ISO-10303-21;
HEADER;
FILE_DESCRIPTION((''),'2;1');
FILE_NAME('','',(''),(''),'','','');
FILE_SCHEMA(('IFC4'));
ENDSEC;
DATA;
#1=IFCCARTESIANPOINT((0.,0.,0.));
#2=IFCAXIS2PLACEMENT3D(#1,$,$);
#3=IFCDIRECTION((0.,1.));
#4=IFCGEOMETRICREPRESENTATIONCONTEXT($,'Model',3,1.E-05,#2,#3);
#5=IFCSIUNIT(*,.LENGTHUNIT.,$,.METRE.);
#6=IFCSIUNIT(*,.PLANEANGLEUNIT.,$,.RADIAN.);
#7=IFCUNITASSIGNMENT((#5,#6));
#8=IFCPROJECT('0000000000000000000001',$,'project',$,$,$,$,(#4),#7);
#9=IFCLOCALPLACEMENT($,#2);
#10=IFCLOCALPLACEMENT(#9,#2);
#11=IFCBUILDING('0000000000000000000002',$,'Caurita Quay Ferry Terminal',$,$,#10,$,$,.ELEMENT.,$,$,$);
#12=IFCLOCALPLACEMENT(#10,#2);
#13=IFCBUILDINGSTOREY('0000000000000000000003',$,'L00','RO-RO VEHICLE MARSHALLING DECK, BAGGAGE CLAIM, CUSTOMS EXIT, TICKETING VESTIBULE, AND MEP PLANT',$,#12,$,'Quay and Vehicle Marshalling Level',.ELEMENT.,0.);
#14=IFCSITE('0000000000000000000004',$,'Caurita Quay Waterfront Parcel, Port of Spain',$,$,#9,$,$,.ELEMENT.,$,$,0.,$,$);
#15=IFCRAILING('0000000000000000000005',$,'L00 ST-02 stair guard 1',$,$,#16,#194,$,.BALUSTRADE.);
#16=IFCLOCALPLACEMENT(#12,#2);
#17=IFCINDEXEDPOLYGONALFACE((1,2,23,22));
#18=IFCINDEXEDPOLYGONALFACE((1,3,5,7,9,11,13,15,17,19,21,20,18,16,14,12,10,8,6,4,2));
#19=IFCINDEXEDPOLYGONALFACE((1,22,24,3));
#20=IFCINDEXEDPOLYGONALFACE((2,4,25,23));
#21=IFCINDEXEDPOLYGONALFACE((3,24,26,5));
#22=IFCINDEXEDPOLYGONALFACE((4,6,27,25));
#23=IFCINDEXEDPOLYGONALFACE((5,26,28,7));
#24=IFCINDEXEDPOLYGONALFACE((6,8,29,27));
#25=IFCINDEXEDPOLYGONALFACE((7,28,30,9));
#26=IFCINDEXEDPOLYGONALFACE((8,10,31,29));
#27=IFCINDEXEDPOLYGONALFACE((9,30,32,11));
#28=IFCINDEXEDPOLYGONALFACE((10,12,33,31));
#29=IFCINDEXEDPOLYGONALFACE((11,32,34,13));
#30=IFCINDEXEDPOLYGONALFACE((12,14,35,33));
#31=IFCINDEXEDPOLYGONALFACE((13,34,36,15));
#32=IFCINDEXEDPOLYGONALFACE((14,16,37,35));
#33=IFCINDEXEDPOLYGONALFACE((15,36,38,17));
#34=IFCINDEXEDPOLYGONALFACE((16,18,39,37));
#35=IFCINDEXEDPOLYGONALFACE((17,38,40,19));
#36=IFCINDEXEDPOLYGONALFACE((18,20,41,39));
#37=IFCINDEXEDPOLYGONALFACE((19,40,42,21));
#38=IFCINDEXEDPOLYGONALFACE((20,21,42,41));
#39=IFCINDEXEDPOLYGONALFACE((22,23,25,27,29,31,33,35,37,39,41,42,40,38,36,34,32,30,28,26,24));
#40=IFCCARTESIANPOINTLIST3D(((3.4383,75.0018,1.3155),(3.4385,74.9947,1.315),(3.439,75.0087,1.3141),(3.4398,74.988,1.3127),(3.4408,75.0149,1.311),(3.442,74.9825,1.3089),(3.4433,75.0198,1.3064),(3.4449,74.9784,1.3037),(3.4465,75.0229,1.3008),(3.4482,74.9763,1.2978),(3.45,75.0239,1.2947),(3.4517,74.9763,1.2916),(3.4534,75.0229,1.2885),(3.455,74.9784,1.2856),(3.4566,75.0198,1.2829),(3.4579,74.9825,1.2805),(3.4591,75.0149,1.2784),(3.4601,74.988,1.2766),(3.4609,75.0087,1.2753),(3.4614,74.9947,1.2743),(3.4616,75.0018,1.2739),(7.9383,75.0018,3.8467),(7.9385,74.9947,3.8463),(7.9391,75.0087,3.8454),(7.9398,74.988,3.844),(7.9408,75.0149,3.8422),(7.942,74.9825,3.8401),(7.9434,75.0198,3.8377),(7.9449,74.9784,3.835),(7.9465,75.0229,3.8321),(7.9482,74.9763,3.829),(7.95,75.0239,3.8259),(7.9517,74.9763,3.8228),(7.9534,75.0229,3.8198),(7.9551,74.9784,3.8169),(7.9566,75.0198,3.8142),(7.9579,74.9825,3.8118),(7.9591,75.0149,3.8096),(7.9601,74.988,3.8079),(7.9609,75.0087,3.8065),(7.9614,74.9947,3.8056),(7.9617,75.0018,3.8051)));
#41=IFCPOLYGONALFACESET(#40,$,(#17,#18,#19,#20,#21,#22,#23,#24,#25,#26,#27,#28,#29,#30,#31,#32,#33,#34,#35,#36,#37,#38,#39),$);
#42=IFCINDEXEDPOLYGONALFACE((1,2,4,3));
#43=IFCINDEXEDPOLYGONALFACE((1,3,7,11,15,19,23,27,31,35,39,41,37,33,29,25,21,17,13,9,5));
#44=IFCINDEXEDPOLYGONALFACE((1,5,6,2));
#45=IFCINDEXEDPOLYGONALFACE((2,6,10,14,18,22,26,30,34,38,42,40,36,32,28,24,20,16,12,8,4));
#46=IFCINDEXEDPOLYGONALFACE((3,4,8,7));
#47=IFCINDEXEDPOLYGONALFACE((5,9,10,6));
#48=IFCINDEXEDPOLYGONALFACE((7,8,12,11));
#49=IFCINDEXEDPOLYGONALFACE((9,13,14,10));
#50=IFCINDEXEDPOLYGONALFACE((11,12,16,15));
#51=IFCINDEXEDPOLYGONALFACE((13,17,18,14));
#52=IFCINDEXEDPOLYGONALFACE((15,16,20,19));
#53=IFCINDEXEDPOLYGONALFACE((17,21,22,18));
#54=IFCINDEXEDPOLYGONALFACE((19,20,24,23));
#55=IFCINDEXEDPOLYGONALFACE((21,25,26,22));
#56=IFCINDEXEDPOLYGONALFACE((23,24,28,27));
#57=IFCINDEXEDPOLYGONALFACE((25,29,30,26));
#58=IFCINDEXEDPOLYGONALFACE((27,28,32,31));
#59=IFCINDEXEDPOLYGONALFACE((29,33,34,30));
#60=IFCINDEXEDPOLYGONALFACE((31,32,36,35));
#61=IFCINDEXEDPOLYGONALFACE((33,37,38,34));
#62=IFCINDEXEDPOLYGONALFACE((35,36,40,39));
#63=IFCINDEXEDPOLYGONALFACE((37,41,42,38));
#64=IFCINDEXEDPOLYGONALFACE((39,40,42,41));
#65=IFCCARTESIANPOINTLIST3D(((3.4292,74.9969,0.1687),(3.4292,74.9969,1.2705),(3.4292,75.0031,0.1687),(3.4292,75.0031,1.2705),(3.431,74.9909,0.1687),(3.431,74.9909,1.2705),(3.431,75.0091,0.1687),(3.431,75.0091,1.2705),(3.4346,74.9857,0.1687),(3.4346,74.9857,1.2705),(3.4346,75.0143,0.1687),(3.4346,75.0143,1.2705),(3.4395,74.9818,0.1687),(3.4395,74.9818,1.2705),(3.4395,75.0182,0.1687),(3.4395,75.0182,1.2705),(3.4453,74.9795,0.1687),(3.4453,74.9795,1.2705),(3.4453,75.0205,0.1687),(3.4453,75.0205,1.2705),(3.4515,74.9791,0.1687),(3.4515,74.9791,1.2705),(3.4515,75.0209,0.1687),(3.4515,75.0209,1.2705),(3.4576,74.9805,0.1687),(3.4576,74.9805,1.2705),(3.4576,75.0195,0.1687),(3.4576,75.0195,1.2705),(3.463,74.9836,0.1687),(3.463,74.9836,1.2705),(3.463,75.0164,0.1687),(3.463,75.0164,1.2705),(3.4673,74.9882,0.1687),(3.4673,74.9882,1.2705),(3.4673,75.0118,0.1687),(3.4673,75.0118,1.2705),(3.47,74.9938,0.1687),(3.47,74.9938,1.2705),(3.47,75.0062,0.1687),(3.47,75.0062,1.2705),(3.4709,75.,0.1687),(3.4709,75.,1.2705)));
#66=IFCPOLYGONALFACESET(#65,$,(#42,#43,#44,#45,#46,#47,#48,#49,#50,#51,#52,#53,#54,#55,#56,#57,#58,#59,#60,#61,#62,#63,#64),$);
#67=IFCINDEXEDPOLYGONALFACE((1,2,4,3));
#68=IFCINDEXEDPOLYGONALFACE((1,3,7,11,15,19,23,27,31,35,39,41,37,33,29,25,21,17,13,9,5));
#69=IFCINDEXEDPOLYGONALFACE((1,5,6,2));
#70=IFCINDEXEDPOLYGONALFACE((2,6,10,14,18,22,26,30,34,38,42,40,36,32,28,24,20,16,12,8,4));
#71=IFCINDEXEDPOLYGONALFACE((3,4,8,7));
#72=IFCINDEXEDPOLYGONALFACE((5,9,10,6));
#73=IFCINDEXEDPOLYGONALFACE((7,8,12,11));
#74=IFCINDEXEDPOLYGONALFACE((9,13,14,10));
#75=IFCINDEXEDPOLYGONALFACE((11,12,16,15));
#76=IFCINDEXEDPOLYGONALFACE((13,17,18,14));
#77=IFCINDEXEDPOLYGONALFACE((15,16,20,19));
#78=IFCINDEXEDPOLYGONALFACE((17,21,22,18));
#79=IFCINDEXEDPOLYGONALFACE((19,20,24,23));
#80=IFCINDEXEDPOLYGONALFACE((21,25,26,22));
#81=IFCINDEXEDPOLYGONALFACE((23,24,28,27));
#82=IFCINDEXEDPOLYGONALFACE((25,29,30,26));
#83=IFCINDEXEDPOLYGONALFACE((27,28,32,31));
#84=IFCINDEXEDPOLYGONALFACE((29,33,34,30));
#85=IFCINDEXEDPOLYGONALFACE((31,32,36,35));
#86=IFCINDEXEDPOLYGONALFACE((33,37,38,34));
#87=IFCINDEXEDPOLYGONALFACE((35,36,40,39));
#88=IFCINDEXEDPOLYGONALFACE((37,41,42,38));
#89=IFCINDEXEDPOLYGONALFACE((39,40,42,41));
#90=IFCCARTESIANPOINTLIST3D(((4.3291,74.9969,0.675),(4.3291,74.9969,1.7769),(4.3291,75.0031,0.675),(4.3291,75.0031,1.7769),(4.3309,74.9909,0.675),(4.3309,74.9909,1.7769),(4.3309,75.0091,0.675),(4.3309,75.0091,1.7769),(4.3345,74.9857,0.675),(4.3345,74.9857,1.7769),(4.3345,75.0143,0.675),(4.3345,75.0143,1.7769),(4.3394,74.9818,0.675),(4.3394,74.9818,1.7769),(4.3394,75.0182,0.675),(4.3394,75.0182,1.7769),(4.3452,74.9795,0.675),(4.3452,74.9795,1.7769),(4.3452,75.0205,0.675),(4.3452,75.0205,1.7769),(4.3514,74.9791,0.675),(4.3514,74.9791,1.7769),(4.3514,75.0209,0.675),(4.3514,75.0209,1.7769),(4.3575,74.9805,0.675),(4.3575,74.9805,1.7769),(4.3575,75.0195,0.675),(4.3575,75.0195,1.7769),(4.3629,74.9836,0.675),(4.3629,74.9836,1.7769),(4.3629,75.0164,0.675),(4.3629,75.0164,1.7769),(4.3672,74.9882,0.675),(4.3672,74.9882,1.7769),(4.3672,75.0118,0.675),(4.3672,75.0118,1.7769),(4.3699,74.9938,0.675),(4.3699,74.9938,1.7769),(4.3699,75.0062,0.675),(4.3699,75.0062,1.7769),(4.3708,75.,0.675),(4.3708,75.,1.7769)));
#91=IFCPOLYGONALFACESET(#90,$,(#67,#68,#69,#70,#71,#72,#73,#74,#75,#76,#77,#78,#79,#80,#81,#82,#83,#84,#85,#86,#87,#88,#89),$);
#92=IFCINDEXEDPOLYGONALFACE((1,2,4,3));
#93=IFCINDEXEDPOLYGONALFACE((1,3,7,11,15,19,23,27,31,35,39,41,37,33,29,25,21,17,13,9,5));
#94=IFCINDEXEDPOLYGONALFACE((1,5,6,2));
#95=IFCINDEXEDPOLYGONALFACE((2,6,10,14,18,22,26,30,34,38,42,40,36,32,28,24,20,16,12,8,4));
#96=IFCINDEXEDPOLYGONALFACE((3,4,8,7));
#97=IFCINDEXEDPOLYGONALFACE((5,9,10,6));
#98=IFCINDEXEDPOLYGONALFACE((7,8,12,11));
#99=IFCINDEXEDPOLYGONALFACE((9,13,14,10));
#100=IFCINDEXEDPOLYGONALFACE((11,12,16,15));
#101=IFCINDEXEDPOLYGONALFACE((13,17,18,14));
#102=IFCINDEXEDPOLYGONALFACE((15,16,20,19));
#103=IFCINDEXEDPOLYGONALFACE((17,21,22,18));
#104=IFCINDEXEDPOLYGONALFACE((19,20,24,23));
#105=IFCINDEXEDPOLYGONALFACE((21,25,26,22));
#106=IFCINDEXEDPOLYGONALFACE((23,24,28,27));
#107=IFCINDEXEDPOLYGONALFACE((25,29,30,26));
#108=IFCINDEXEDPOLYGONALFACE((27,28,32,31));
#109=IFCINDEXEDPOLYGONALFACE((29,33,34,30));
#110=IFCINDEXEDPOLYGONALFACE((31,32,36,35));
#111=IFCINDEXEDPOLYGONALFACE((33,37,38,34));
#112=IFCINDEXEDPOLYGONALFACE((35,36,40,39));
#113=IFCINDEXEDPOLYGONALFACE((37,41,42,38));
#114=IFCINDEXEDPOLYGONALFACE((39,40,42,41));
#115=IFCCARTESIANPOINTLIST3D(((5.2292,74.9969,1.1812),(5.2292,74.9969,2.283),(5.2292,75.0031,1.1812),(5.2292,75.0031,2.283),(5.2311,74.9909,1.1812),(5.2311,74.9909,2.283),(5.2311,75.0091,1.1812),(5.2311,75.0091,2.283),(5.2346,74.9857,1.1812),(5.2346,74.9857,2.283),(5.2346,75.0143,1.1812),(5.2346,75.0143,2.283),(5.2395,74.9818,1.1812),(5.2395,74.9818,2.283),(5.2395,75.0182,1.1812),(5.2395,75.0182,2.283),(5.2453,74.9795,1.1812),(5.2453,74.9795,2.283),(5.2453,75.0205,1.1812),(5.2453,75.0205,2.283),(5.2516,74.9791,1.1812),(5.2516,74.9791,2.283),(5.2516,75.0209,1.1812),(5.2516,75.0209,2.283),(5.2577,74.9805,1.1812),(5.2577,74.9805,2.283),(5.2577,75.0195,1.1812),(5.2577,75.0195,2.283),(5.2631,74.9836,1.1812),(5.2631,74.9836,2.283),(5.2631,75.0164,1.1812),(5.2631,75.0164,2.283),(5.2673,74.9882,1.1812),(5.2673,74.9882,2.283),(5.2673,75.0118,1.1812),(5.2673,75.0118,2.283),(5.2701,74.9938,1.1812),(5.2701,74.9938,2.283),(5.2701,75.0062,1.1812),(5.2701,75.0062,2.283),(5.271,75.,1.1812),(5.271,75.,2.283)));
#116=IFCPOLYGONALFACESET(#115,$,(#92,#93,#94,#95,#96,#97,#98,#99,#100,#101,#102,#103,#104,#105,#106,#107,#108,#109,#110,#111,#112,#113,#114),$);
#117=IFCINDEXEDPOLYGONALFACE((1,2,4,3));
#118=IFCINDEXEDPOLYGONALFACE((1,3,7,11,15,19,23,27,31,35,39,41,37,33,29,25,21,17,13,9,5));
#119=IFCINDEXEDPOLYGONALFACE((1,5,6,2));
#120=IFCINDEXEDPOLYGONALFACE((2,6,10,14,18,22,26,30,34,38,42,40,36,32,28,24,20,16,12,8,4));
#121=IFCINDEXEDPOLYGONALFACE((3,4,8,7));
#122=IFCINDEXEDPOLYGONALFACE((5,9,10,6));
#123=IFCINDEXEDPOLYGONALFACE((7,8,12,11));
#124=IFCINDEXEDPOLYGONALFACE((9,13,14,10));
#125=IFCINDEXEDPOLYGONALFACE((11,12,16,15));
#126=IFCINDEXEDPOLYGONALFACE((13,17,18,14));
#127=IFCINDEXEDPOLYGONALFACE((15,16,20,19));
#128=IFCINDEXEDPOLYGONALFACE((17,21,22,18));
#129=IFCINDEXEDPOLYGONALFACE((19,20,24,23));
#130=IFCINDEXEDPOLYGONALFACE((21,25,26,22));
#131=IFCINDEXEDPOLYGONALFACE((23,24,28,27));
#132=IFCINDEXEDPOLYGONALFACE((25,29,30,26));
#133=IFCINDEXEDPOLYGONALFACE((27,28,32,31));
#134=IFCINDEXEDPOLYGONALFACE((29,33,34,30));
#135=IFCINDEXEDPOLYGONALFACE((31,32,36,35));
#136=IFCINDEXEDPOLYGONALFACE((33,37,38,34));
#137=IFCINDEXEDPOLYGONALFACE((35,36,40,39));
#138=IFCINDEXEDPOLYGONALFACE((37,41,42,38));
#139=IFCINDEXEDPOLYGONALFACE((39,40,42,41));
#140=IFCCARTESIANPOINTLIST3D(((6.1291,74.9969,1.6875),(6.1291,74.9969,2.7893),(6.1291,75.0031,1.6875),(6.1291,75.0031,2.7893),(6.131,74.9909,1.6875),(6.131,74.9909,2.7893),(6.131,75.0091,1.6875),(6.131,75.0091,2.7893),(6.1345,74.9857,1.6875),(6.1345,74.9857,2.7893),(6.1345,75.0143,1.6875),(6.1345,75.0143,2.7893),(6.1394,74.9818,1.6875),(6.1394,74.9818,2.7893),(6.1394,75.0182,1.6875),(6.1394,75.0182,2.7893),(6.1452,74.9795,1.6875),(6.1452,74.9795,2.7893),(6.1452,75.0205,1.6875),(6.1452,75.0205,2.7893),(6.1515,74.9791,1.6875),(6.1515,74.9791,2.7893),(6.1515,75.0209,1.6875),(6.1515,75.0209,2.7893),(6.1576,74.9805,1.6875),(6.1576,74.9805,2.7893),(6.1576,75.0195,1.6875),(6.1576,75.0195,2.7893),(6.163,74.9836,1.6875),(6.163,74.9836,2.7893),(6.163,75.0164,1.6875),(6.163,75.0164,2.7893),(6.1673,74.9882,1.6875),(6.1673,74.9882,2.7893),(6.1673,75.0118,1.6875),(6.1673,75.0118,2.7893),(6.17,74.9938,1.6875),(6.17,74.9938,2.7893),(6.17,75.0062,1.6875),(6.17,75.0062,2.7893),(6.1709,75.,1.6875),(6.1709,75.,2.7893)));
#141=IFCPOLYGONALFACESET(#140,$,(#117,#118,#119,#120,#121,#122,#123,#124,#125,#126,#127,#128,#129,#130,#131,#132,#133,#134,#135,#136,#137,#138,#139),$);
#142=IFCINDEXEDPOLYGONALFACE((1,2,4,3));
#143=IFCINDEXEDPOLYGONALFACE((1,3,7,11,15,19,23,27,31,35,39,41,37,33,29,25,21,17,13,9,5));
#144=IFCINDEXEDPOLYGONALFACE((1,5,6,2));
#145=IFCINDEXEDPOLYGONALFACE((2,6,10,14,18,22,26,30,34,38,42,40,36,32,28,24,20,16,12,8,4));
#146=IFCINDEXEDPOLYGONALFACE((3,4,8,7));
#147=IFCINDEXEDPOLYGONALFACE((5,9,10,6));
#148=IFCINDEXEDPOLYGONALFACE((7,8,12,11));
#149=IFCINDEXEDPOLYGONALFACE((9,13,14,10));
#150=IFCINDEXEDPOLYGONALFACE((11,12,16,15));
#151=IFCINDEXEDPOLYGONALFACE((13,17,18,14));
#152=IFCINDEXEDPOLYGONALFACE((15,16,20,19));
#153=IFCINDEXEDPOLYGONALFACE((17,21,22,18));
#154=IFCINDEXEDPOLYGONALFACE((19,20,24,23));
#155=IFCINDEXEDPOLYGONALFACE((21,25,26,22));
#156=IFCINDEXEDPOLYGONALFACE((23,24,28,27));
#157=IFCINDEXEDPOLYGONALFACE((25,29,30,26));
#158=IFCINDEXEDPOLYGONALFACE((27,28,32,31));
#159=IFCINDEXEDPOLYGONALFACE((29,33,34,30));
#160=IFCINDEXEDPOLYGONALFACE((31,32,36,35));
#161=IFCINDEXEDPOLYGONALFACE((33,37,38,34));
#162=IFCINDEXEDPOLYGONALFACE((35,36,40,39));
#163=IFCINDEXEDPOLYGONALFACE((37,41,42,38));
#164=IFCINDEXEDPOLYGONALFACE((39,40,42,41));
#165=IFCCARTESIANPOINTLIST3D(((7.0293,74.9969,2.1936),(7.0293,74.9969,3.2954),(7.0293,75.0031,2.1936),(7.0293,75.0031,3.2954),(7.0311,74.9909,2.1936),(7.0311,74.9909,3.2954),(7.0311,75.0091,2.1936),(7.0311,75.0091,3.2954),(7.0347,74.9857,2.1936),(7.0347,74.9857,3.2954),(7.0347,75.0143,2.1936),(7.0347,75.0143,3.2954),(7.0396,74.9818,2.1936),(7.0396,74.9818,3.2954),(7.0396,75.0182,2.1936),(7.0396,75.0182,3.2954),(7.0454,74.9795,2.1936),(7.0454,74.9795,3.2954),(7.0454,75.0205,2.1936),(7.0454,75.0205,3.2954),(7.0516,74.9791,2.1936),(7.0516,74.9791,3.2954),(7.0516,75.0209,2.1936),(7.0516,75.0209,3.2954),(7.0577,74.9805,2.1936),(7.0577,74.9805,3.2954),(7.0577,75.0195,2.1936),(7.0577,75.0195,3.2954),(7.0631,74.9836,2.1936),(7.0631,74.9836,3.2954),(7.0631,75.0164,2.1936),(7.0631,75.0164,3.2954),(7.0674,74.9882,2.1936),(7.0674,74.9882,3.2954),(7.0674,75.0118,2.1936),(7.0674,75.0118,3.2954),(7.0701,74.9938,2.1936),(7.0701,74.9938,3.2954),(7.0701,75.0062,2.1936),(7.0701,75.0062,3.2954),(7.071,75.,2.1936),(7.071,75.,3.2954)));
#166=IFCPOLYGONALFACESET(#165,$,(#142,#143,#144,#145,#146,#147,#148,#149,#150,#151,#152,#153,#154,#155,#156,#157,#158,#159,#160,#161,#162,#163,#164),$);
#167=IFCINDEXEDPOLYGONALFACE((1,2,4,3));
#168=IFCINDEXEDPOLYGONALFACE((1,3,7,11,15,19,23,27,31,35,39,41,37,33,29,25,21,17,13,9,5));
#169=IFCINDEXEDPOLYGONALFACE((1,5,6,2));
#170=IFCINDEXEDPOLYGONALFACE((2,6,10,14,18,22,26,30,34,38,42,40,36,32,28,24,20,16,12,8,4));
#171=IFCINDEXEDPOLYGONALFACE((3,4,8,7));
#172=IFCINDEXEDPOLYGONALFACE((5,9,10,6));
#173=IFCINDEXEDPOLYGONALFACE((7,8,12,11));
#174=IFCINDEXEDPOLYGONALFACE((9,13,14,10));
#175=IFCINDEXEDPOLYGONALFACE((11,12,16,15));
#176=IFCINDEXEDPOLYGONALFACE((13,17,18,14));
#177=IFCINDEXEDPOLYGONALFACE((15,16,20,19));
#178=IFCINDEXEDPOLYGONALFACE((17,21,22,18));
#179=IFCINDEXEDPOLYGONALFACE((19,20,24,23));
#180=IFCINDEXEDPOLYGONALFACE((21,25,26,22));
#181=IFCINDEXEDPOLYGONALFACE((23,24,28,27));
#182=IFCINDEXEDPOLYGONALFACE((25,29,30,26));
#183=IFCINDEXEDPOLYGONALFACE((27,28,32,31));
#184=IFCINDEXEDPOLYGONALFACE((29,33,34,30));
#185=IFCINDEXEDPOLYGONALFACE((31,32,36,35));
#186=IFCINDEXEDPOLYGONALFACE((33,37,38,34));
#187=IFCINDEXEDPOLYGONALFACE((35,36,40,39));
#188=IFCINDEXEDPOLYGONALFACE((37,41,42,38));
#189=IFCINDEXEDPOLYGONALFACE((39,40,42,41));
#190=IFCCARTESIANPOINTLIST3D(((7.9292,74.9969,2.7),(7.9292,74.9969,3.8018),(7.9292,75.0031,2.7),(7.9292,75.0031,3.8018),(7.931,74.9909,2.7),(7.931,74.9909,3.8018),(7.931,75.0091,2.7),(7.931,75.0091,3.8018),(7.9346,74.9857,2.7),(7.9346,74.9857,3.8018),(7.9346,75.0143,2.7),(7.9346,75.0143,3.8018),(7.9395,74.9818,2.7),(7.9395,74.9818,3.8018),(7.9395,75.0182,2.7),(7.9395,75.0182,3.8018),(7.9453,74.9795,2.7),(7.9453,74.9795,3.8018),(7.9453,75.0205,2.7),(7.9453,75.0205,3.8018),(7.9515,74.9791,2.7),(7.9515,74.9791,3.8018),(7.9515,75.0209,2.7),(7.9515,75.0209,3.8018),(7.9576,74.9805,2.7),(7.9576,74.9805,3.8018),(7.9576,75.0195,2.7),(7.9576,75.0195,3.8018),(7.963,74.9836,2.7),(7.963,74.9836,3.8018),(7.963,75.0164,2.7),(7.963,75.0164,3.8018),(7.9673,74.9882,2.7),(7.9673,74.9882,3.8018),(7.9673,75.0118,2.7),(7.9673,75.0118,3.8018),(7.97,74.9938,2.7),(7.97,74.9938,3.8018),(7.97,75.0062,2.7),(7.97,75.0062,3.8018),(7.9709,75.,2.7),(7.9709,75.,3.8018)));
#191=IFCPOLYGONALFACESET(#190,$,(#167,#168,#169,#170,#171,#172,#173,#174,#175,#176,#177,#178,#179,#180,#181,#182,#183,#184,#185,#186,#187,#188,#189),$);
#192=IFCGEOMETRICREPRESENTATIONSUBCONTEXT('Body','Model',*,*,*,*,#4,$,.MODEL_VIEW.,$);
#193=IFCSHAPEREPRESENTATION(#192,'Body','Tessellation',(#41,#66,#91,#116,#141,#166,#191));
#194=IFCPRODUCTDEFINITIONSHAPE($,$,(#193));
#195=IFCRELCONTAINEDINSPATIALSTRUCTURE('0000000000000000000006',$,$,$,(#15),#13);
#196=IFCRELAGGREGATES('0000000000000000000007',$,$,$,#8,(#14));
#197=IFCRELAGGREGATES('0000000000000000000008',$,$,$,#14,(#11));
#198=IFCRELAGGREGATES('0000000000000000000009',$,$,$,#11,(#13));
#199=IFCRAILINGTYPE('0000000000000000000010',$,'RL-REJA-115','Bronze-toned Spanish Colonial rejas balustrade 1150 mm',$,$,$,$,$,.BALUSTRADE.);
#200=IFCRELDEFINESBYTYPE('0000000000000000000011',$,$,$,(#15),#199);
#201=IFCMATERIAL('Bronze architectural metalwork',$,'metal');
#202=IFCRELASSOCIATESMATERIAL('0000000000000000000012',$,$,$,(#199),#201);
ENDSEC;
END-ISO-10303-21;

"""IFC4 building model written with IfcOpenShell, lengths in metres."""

from ifc_helpers import new_model, si_unit, direction, frame, origin, origin_2d, place, context, subcontext, project, spatial, circle, extrude, material, type_object, element, save


model = new_model("IFC4")

# Units and contexts
model_context = context("Model", 3, precision=1e-05, world=origin(), true_north=direction((0.0, 1.0)))
body_context = subcontext(model_context, "Body", "Model", "MODEL_VIEW")
ifc_project = project(units=[si_unit("LENGTHUNIT", "METRE"), si_unit("PLANEANGLEUNIT", "RADIAN")], contexts=[model_context])

# Site, building, storey
site_placement = place(None, origin())
site = spatial("IfcSite", under=ifc_project, at=site_placement, Name="Caurita Quay Waterfront Parcel, Port of Spain", CompositionType="ELEMENT", RefElevation=0.0)
building_placement = place(site_placement, origin())
building = spatial("IfcBuilding", under=site, at=building_placement, Name="Caurita Quay Ferry Terminal", CompositionType="ELEMENT")
storey_placement = place(building_placement, origin())
storey = spatial("IfcBuildingStorey", under=building, at=storey_placement, Name="L00", Description="RO-RO VEHICLE MARSHALLING DECK, BAGGAGE CLAIM, CUSTOMS EXIT, TICKETING VESTIBULE, AND MEP PLANT", LongName="Quay and Vehicle Marshalling Level", CompositionType="ELEMENT", Elevation=0.0)

# Railing
ifc_material_1 = material(Name="Bronze architectural metalwork", Category="metal")
railing_type_1 = type_object("IfcRailingType", Name="RL-REJA-115", Description="Bronze-toned Spanish Colonial rejas balustrade 1150 mm", PredefinedType="BALUSTRADE", material=ifc_material_1)
railing_1_placement = place(storey_placement, frame((3.45, 75.0, 0.1687)))
element("IfcRailing", 1, at=railing_1_placement, inside=storey, type_object=railing_type_1, Name="L00 ST-02 stair guard 1", PredefinedType="BALUSTRADE", context=body_context, shape_type="SweptSolid", body=[
    extrude(circle(Radius=0.0239, at=origin_2d()), frame((0.0, 0.0, 1.126), z_axis=(0.871576, 0.0, 0.490261), x_axis=(0.0, 1.0, 0.0)), (0.0, 0.0, 1.0), 5.1631),
    extrude(circle(Radius=0.021, at=origin_2d()), origin(), (0.0, 0.0, 1.0), 1.1018),
    extrude(circle(Radius=0.021, at=origin_2d()), frame((0.8999, 0.0, 0.5063)), (0.0, 0.0, 1.0), 1.1018),
    extrude(circle(Radius=0.021, at=origin_2d()), frame((1.8, 0.0, 1.0125)), (0.0, 0.0, 1.0), 1.1018),
    extrude(circle(Radius=0.021, at=origin_2d()), frame((2.7, 0.0, 1.5188)), (0.0, 0.0, 1.0), 1.1018),
    extrude(circle(Radius=0.021, at=origin_2d()), frame((3.6001, 0.0, 2.0249)), (0.0, 0.0, 1.0), 1.1018),
    extrude(circle(Radius=0.021, at=origin_2d()), frame((4.5, 0.0, 2.5312)), (0.0, 0.0, 1.0), 1.1018),
])

save(model, "model.ifc")
